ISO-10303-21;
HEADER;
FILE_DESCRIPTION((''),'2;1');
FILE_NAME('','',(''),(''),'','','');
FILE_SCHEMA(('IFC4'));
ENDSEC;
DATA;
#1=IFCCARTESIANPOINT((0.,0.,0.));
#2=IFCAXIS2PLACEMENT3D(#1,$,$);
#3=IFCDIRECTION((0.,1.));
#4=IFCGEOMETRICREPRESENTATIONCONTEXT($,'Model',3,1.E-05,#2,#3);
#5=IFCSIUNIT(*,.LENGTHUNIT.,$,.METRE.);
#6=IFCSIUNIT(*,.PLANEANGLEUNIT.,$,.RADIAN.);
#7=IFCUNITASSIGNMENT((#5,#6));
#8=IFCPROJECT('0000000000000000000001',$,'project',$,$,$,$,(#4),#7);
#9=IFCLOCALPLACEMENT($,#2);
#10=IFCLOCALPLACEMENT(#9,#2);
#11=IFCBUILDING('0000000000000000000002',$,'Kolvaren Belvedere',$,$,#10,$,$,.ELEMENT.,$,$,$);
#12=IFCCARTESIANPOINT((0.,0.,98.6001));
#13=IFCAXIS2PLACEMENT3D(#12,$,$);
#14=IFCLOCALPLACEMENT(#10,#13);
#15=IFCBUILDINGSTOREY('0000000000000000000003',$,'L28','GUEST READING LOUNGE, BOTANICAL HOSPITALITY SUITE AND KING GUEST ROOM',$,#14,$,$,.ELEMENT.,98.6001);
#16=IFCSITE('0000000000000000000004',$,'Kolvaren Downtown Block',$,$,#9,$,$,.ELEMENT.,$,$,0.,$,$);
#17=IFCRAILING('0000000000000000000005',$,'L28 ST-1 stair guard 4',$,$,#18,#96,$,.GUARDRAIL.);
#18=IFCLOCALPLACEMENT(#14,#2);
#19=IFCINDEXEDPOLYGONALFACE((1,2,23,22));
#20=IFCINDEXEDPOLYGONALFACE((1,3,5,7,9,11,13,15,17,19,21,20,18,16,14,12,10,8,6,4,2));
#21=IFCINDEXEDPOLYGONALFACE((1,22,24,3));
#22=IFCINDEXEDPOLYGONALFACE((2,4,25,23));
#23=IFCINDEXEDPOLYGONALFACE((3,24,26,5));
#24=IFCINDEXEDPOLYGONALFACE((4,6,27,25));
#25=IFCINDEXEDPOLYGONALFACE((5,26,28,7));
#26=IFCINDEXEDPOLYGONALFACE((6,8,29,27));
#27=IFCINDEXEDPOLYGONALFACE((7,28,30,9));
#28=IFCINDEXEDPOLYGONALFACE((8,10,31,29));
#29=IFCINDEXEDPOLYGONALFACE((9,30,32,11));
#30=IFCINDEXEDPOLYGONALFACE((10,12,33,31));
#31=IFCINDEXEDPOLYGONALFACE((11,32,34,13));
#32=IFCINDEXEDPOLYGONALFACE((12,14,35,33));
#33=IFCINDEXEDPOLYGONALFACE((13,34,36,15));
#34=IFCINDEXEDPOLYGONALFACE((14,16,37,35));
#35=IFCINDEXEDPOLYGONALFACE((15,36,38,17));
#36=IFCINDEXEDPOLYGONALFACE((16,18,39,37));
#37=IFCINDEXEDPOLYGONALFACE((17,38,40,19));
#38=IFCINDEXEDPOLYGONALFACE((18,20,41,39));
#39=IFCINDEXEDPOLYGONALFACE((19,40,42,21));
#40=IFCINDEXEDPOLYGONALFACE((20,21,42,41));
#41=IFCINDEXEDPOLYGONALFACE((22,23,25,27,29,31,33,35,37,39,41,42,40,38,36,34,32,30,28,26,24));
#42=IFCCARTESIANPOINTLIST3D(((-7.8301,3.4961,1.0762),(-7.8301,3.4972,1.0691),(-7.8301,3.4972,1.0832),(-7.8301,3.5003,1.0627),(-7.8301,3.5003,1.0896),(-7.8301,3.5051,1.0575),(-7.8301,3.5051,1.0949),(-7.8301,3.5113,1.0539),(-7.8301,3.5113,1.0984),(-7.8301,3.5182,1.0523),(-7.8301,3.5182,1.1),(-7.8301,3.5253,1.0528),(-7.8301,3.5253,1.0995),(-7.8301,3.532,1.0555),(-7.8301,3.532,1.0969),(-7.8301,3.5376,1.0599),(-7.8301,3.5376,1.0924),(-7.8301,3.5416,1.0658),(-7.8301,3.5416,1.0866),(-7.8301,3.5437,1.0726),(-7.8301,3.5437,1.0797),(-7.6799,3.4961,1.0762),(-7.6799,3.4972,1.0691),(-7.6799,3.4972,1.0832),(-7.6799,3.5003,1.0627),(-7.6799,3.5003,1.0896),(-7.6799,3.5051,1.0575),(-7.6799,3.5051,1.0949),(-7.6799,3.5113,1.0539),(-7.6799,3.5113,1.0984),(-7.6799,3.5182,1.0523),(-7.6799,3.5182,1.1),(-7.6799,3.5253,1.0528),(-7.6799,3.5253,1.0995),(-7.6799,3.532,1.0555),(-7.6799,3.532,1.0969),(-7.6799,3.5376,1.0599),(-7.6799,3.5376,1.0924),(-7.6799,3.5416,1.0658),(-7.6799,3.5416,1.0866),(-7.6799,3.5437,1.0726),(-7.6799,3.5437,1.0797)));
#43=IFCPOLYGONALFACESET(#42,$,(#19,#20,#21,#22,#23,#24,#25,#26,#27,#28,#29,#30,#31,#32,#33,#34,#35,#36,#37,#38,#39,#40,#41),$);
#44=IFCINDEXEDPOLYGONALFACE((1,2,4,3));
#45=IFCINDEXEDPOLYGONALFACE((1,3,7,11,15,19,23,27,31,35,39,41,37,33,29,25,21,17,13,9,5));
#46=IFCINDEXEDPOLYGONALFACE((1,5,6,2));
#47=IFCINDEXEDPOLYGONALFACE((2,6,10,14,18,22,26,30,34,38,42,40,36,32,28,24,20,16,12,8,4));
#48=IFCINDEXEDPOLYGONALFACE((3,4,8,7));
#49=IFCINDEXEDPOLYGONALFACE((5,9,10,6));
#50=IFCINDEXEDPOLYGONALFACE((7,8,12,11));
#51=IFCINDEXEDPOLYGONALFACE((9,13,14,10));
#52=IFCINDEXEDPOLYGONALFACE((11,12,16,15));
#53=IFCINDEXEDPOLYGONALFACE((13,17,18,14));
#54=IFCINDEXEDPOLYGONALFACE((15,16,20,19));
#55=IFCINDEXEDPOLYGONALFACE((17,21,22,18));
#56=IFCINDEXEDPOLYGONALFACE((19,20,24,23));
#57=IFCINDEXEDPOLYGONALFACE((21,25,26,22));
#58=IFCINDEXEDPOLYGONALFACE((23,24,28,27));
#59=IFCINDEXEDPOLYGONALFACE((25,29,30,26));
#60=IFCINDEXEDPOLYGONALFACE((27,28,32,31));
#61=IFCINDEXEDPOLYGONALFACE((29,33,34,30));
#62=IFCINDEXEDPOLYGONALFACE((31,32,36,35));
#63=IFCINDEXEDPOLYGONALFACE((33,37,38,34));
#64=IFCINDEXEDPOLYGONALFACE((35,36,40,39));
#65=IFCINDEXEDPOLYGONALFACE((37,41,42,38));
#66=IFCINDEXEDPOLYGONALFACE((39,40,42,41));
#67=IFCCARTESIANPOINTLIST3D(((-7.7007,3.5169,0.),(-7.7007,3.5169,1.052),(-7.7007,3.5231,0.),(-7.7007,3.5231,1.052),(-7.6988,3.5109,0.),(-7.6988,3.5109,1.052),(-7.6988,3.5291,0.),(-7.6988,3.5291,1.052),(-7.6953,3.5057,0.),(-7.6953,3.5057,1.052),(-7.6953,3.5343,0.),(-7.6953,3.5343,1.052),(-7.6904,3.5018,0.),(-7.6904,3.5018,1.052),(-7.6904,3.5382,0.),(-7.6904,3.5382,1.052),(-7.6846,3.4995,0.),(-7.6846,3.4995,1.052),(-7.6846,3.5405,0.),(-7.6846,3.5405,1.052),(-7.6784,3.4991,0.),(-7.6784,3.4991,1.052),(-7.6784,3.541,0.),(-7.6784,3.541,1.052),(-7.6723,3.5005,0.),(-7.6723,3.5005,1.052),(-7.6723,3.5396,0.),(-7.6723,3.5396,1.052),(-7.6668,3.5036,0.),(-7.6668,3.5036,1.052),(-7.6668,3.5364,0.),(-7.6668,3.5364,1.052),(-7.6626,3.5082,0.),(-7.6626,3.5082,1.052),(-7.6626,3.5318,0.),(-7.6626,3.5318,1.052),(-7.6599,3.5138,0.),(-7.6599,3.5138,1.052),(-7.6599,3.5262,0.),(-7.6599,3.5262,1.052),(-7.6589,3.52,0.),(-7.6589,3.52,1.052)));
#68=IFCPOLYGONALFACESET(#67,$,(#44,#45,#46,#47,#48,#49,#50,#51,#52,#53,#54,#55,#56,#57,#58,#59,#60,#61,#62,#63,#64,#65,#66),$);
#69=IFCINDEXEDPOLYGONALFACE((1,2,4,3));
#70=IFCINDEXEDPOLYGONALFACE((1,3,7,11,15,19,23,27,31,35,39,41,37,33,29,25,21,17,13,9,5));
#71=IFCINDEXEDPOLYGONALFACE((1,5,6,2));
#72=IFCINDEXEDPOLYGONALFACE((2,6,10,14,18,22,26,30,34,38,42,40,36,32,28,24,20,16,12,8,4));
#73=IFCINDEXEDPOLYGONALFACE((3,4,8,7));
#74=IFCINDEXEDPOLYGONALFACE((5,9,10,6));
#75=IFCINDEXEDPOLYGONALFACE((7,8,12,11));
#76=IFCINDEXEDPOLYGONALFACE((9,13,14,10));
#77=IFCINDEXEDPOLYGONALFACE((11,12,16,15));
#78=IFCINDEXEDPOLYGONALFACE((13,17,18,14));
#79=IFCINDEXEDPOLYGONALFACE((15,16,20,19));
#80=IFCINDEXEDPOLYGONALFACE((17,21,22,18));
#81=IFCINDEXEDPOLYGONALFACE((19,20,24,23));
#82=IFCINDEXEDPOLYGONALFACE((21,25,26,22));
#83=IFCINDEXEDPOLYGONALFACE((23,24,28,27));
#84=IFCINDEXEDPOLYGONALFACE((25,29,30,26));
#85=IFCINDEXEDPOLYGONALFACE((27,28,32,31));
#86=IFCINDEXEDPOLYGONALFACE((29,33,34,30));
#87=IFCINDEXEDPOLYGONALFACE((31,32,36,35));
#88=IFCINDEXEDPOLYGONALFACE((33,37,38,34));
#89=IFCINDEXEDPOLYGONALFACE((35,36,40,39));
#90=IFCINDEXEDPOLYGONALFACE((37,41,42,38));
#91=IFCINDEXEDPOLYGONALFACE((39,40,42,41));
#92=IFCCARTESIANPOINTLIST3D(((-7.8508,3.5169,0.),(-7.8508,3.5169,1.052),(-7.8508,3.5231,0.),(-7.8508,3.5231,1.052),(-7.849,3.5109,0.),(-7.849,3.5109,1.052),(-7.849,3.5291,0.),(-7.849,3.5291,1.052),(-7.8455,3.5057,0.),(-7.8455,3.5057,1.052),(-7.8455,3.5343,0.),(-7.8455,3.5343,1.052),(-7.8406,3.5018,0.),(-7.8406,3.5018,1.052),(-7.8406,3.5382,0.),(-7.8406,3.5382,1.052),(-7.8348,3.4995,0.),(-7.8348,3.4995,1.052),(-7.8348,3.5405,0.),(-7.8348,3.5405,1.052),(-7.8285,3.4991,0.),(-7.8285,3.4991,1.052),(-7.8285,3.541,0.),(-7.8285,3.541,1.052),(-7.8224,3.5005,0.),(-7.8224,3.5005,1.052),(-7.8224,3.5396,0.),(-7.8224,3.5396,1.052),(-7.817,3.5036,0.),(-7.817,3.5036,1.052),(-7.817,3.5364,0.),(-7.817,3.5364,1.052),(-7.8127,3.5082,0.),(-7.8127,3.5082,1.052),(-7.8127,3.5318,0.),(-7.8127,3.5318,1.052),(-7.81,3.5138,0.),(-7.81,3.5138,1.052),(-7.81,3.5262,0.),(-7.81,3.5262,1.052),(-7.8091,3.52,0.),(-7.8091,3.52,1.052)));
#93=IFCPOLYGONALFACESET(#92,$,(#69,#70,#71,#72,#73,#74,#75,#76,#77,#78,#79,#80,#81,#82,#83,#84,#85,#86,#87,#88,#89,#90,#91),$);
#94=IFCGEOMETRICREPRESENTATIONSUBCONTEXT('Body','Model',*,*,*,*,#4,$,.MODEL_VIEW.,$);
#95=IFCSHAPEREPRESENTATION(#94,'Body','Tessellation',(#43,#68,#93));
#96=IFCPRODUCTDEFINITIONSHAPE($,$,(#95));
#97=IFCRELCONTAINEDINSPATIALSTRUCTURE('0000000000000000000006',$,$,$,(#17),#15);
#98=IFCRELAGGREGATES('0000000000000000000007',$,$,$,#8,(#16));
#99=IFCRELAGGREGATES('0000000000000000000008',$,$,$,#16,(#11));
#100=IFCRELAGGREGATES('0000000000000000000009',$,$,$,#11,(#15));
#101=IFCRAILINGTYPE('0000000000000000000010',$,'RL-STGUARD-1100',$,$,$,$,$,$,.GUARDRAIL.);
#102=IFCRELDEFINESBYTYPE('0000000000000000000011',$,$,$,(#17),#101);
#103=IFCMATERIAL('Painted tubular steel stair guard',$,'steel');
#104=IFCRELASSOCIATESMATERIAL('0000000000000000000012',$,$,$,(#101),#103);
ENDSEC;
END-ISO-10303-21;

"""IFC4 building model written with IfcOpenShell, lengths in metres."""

from ifc_helpers import new_model, si_unit, direction, frame, origin, origin_2d, place, context, subcontext, project, spatial, circle, extrude, material, type_object, element, save


model = new_model("IFC4")

# Units and contexts
model_context = context("Model", 3, precision=1e-05, world=origin(), true_north=direction((0.0, 1.0)))
body_context = subcontext(model_context, "Body", "Model", "MODEL_VIEW")
ifc_project = project(units=[si_unit("LENGTHUNIT", "METRE"), si_unit("PLANEANGLEUNIT", "RADIAN")], contexts=[model_context])

# Site, building, storey
site_placement = place(None, origin())
site = spatial("IfcSite", under=ifc_project, at=site_placement, Name="Kolvaren Downtown Block", CompositionType="ELEMENT", RefElevation=0.0)
building_placement = place(site_placement, origin())
building = spatial("IfcBuilding", under=site, at=building_placement, Name="Kolvaren Belvedere", CompositionType="ELEMENT")
storey_placement = place(building_placement, frame((0.0, 0.0, 98.6001)))
storey = spatial("IfcBuildingStorey", under=building, at=storey_placement, Name="L28", Description="GUEST READING LOUNGE, BOTANICAL HOSPITALITY SUITE AND KING GUEST ROOM", CompositionType="ELEMENT", Elevation=98.6001)

# Railing
ifc_material_1 = material(Name="Painted tubular steel stair guard", Category="steel")
railing_type_1 = type_object("IfcRailingType", Name="RL-STGUARD-1100", PredefinedType="GUARDRAIL", material=ifc_material_1)
railing_1_placement = place(storey_placement, frame((-7.6799, 3.52, 0.0)))
element("IfcRailing", 1, at=railing_1_placement, inside=storey, type_object=railing_type_1, Name="L28 ST-1 stair guard 4", PredefinedType="GUARDRAIL", context=body_context, shape_type="SweptSolid", body=[
    extrude(circle(Radius=0.0239, at=origin_2d()), frame((0.0, 0.0, 1.0762), z_axis=(-1.0, 0.0, 0.0), x_axis=(0.0, -1.0, 0.0)), (0.0, 0.0, 1.0), 0.1501),
    extrude(circle(Radius=0.021, at=origin_2d()), origin(), (0.0, 0.0, 1.0), 1.052),
    extrude(circle(Radius=0.021, at=origin_2d()), frame((-0.1501, 0.0, 0.0)), (0.0, 0.0, 1.0), 1.052),
])

save(model, "model.ifc")
